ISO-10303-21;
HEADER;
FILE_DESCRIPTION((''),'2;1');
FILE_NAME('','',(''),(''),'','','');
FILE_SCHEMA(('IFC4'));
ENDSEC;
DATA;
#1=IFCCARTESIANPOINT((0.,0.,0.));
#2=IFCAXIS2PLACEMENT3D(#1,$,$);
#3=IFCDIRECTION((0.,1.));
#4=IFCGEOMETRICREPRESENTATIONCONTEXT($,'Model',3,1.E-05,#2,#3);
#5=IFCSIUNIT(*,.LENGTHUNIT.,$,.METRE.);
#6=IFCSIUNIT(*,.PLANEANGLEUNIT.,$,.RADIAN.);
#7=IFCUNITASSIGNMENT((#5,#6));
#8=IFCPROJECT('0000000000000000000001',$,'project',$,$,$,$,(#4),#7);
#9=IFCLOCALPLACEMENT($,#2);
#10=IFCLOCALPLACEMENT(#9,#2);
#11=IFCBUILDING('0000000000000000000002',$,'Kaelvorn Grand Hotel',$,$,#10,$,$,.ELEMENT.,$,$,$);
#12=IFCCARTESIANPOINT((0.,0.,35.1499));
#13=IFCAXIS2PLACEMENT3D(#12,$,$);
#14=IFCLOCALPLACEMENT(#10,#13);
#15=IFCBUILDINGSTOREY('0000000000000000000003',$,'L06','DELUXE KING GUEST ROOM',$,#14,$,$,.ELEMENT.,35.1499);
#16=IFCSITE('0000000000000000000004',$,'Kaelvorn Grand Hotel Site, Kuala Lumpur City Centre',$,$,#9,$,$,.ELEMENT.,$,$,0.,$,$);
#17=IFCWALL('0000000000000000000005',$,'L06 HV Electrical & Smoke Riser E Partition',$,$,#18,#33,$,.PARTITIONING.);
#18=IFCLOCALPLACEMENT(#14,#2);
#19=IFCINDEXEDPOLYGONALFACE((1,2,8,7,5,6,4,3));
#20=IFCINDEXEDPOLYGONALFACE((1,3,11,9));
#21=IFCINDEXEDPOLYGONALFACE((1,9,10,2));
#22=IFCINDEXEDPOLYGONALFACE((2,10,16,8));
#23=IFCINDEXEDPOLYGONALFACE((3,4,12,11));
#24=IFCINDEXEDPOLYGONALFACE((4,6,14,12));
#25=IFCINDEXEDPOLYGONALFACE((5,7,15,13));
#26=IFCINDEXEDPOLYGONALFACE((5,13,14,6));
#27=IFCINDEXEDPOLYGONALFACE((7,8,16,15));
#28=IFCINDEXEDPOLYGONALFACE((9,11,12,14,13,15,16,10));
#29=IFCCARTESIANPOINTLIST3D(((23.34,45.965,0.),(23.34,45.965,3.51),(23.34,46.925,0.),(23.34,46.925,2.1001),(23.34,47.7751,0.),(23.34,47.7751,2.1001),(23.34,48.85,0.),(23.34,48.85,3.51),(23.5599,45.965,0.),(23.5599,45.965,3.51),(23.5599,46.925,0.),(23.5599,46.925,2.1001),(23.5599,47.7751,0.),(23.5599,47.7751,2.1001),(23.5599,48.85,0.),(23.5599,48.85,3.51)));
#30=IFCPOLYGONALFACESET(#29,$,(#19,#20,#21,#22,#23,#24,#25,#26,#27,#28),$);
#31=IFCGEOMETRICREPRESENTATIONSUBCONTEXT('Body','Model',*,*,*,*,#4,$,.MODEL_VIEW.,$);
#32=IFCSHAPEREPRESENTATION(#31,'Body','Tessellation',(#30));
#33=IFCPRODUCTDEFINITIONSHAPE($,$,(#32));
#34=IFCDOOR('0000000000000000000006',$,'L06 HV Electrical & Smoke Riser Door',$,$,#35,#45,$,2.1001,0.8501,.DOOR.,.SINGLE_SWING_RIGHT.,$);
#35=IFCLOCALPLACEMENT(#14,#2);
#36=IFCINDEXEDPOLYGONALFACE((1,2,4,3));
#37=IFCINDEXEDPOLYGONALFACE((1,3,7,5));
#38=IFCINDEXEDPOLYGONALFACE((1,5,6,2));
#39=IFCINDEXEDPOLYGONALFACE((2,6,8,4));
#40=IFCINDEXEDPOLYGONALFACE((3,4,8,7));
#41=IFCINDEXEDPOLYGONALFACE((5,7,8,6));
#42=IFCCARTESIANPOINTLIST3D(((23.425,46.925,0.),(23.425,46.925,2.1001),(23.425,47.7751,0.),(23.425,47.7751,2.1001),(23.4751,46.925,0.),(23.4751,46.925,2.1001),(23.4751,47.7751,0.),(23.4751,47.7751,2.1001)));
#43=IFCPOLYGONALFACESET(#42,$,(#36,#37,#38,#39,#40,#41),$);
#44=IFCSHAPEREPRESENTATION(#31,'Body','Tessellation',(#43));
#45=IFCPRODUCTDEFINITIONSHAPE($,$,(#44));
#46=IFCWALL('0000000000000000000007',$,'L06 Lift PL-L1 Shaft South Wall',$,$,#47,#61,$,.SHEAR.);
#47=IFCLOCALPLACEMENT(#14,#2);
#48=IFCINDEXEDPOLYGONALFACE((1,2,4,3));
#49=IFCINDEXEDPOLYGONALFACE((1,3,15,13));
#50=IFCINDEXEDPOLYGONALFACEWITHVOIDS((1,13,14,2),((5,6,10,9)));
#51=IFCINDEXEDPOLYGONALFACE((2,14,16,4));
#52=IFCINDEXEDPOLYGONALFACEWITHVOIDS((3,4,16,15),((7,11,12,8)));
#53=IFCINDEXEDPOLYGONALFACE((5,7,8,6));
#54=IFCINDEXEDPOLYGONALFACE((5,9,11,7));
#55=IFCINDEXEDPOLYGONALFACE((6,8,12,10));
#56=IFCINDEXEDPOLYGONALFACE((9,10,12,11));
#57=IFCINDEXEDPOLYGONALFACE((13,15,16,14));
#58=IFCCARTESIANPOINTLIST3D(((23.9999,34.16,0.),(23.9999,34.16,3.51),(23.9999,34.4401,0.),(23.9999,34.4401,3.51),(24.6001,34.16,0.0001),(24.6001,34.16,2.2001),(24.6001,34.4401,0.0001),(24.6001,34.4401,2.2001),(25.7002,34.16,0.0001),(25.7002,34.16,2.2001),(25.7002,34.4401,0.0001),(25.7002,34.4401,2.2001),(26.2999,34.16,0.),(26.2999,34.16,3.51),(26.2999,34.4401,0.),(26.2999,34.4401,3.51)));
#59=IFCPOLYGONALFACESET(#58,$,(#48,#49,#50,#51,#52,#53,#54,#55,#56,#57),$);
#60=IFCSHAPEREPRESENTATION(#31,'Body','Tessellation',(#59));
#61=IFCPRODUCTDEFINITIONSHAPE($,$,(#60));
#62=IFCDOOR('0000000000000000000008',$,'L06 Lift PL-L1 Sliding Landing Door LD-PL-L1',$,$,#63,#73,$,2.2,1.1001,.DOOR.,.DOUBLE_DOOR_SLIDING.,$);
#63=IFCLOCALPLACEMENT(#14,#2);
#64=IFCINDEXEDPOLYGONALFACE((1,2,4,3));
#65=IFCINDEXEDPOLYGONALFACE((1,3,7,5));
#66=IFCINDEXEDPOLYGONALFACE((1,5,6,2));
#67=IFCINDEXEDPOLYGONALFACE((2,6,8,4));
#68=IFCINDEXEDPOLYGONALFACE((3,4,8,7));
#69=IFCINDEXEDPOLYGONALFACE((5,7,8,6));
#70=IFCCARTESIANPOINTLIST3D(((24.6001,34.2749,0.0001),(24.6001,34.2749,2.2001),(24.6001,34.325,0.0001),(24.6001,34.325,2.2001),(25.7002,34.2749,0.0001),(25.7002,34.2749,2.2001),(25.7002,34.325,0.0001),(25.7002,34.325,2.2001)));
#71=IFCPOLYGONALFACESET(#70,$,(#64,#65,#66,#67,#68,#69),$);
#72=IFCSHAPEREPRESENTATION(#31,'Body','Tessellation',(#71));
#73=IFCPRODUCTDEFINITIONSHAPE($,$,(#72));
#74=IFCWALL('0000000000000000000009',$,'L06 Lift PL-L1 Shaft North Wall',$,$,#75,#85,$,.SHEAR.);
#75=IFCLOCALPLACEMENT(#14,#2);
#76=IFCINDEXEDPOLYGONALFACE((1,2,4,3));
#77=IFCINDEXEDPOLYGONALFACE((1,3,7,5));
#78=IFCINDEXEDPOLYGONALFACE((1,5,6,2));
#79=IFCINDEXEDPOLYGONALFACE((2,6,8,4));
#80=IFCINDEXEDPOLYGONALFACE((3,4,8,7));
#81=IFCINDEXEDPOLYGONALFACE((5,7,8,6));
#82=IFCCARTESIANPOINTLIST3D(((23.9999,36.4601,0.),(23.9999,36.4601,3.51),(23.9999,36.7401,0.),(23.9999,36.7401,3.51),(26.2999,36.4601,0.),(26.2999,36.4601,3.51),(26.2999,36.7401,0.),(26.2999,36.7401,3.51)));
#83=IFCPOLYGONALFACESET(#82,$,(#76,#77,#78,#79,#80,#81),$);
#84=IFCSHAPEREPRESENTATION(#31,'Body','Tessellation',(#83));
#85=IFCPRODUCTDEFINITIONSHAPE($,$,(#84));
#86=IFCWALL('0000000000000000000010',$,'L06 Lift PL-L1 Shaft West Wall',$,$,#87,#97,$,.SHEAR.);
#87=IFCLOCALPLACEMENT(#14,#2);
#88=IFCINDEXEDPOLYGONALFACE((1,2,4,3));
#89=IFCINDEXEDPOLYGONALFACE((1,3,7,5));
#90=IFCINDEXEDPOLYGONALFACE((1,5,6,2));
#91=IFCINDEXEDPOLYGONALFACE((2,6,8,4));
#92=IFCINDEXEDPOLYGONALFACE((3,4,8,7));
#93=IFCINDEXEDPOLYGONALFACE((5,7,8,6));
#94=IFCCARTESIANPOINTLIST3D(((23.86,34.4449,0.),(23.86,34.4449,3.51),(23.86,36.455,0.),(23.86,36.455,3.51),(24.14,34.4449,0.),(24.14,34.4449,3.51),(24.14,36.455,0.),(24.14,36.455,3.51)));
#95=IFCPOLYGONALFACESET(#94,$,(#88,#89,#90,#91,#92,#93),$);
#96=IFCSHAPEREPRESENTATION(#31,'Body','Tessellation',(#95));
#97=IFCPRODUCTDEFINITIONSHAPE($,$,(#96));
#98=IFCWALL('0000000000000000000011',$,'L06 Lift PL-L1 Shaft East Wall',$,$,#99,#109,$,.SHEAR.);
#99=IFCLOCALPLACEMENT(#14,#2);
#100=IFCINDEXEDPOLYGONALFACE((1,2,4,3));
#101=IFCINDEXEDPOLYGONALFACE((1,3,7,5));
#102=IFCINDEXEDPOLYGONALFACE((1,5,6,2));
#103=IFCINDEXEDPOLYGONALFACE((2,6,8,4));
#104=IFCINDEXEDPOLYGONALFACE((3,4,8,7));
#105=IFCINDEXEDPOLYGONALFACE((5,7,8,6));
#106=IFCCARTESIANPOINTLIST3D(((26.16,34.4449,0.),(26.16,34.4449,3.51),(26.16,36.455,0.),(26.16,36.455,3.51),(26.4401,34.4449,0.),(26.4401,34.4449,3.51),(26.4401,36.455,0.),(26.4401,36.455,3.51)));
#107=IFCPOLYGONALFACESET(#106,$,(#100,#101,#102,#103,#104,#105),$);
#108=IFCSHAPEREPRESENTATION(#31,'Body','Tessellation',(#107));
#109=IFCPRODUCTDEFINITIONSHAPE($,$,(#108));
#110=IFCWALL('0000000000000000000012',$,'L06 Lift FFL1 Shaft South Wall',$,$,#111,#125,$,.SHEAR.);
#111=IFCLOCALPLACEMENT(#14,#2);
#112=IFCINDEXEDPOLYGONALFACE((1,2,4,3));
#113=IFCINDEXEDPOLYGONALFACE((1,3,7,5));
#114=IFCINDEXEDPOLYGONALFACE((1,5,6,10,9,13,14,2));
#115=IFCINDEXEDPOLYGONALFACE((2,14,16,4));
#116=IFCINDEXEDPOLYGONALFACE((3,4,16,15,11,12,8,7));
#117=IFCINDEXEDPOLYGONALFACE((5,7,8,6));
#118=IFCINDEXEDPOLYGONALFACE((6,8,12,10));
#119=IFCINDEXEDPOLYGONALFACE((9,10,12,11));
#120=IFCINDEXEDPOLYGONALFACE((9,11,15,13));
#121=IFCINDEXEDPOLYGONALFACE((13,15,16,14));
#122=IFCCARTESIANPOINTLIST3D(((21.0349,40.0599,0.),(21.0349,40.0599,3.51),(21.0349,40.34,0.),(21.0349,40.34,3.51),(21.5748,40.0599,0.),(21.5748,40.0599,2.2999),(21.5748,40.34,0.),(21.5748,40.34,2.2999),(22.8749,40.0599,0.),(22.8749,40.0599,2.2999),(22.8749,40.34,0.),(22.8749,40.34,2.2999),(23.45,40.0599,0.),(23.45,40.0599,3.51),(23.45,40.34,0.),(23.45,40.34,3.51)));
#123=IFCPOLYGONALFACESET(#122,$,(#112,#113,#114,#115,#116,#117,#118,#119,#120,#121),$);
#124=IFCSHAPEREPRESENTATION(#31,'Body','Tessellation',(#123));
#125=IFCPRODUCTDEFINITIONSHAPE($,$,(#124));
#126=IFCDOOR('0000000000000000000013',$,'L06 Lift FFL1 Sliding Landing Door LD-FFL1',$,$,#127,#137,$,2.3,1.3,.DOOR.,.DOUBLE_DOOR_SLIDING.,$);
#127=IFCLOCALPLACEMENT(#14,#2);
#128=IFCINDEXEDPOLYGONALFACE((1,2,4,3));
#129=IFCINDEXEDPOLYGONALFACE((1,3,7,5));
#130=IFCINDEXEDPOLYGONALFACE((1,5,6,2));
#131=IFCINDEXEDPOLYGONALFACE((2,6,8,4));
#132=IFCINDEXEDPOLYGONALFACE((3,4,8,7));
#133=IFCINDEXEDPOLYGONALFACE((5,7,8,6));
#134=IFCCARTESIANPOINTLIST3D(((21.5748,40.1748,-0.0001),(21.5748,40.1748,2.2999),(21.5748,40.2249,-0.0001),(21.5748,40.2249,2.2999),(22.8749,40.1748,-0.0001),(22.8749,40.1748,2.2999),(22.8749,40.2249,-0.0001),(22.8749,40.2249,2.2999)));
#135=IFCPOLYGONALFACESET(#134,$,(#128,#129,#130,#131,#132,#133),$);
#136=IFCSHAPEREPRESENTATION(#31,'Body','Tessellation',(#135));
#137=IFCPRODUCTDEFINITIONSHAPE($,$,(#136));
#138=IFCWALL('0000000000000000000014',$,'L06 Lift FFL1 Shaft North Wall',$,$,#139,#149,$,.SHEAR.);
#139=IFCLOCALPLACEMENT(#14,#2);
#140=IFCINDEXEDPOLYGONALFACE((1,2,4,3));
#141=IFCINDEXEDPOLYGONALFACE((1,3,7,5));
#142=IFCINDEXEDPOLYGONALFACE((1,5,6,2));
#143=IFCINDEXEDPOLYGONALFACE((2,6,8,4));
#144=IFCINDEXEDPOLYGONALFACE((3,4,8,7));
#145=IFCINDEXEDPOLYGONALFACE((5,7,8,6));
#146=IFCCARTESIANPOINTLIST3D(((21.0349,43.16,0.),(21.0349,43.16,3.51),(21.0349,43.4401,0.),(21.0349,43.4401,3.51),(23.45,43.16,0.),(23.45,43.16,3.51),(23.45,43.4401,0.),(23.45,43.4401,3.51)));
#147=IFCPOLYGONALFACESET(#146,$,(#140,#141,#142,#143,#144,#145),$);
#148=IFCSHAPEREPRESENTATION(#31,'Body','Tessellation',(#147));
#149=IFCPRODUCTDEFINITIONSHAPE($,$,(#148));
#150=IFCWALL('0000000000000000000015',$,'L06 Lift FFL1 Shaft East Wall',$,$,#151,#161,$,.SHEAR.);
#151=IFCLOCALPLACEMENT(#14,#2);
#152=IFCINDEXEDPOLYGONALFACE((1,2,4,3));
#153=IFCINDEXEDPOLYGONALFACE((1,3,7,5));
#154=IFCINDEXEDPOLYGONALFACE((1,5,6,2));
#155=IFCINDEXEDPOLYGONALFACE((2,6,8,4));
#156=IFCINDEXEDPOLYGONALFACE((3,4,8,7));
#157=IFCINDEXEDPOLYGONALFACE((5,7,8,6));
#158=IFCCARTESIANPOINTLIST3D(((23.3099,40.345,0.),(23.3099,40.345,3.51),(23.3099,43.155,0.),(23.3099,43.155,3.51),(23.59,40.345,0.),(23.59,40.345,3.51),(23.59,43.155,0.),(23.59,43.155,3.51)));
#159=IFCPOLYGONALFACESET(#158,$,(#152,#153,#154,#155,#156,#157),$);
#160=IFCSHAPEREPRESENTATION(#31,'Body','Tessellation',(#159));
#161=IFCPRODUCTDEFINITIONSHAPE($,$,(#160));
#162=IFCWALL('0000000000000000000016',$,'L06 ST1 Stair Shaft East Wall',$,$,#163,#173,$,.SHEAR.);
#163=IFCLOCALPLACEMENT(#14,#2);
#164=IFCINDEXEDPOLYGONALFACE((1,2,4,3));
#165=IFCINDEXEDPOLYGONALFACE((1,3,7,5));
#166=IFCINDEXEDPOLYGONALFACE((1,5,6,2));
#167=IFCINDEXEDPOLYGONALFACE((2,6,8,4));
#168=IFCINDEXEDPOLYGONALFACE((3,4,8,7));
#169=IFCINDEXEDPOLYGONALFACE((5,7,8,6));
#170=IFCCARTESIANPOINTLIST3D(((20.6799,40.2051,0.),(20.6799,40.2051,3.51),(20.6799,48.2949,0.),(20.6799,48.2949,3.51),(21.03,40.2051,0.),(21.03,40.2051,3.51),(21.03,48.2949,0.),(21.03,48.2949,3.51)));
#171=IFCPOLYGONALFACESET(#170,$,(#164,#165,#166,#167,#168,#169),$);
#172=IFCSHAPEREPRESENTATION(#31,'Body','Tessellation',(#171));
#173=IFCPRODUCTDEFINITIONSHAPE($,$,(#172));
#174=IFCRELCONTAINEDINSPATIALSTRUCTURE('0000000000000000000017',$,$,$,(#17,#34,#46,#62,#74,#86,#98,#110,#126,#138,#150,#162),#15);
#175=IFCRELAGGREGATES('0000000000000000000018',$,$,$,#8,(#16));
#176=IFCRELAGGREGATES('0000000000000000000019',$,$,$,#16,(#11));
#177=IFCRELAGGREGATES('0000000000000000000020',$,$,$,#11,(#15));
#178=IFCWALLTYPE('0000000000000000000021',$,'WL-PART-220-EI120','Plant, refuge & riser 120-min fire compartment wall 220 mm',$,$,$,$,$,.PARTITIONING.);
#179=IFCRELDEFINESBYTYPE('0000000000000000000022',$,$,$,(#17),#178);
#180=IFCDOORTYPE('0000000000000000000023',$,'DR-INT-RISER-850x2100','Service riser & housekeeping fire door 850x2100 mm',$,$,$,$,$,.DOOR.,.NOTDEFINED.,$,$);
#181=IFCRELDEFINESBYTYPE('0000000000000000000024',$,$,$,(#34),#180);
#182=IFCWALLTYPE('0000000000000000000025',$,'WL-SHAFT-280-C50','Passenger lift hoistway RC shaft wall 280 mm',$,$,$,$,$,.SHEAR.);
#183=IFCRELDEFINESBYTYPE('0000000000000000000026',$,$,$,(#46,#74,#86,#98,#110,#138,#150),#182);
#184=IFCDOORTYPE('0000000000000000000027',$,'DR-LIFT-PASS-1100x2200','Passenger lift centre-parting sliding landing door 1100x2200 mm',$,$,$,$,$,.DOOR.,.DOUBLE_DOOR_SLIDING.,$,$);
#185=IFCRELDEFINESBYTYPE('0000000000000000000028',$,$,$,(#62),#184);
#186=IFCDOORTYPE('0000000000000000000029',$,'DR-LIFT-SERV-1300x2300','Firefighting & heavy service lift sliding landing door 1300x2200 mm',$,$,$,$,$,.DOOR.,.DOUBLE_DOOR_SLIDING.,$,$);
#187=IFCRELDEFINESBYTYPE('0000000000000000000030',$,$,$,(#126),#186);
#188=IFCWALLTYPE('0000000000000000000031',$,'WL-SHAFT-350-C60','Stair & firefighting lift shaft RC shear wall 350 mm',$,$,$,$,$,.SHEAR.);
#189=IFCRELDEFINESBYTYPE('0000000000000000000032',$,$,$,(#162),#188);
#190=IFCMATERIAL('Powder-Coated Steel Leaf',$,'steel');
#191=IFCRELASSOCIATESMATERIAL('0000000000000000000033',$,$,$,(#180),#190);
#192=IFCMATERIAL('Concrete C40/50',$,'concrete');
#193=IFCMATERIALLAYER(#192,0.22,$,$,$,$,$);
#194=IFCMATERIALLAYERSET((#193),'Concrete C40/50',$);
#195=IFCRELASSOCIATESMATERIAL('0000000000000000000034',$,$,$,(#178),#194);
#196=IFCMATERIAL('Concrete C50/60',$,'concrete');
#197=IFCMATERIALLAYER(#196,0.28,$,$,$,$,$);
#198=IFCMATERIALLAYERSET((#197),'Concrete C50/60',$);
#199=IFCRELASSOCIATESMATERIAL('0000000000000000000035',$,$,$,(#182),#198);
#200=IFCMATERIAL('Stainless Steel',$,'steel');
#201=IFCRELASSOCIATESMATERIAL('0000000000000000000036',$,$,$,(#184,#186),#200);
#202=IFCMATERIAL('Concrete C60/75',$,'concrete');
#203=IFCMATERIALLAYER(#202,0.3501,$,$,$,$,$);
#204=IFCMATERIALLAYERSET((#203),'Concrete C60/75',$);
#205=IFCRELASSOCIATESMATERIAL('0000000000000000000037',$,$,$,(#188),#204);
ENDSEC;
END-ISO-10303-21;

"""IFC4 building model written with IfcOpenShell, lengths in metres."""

from ifc_helpers import new_model, si_unit, direction, frame, frame_2d, origin, place, context, subcontext, project, spatial, rectangle, extrude, material, layer, layer_set, type_object, element, fill, save


model = new_model("IFC4")

# Units and contexts
model_context = context("Model", 3, precision=1e-05, world=origin(), true_north=direction((0.0, 1.0)))
body_context = subcontext(model_context, "Body", "Model", "MODEL_VIEW")
ifc_project = project(units=[si_unit("LENGTHUNIT", "METRE"), si_unit("PLANEANGLEUNIT", "RADIAN")], contexts=[model_context])

# Site, building, storey
site_placement = place(None, origin())
site = spatial("IfcSite", under=ifc_project, at=site_placement, Name="Kaelvorn Grand Hotel Site, Kuala Lumpur City Centre", CompositionType="ELEMENT", RefElevation=0.0)
building_placement = place(site_placement, origin())
building = spatial("IfcBuilding", under=site, at=building_placement, Name="Kaelvorn Grand Hotel", CompositionType="ELEMENT")
storey_placement = place(building_placement, frame((0.0, 0.0, 35.1499)))
storey = spatial("IfcBuildingStorey", under=building, at=storey_placement, Name="L06", Description="DELUXE KING GUEST ROOM", CompositionType="ELEMENT", Elevation=35.1499)

# Shared definitions
ifc_material_1 = material(Name="Concrete C60/75", Category="concrete")

# Shared definitions
ifc_material_2 = material(Name="Powder-Coated Steel Leaf", Category="steel")
door_type_1 = type_object("IfcDoorType", Name="DR-INT-RISER-850x2100", Description="Service riser & housekeeping fire door 850x2100 mm", OperationType="NOTDEFINED", PredefinedType="DOOR", material=ifc_material_2)

# Shared definitions
ifc_material_3 = material(Name="Concrete C40/50", Category="concrete")
ifc_layer_1 = layer(ifc_material_3, 0.22)
ifc_layer_set_1 = layer_set([ifc_layer_1], Name="Concrete C40/50")
wall_type_1 = type_object("IfcWallType", Name="WL-PART-220-EI120", Description="Plant, refuge & riser 120-min fire compartment wall 220 mm", PredefinedType="PARTITIONING", material=ifc_layer_set_1)

# Walls, openings, doors
wall_1_placement = place(storey_placement, frame((23.45, 45.9651, 0.0), z_axis=(0.0, 0.0, 1.0), x_axis=(0.0, 1.0, 0.0)))
wall_1 = element("IfcWall", 1, at=wall_1_placement, inside=storey, type_object=wall_type_1, Name="L06 HV Electrical & Smoke Riser E Partition", PredefinedType="PARTITIONING", context=body_context, shape_type="SweptSolid", body=[
    extrude(rectangle(XDim=2.885, YDim=0.22, at=frame_2d((1.4424, 0.0))), origin(), (0.0, 0.0, 1.0), 3.51),
])
opening_1_placement = place(wall_1_placement, frame((0.96, 0.0, 0.0)))
opening_1 = element("IfcOpeningElement", 2, at=opening_1_placement, cuts=wall_1, PredefinedType="OPENING", context=body_context, shape_type="SweptSolid", body=[
    extrude(rectangle(XDim=0.8501, YDim=2.1001, at=frame_2d((0.425, 1.05))), frame((0.0, 0.1201, 0.0), z_axis=(0.0, -1.0, 0.0), x_axis=(1.0, 0.0, 0.0)), (0.0, 0.0, 1.0), 0.24),
])
door_1_placement = place(opening_1_placement, origin())
door_1 = element("IfcDoor", 3, at=door_1_placement, inside=storey, type_object=door_type_1, Name="L06 HV Electrical & Smoke Riser Door", OperationType="SINGLE_SWING_RIGHT", OverallHeight=2.1001, OverallWidth=0.8501, PredefinedType="DOOR", context=body_context, shape_type="SweptSolid", body=[
    extrude(rectangle(XDim=0.8501, YDim=2.1001, at=frame_2d((0.425, 1.05))), frame((0.0, 0.0249, 0.0), z_axis=(0.0, -1.0, 0.0), x_axis=(1.0, 0.0, 0.0)), (0.0, 0.0, 1.0), 0.05),
])
fill(opening_1, door_1)
ifc_material_4 = material(Name="Concrete C50/60", Category="concrete")
ifc_layer_2 = layer(ifc_material_4, 0.28)
ifc_layer_set_2 = layer_set([ifc_layer_2], Name="Concrete C50/60")
wall_type_2 = type_object("IfcWallType", Name="WL-SHAFT-280-C50", Description="Passenger lift hoistway RC shaft wall 280 mm", PredefinedType="SHEAR", material=ifc_layer_set_2)
wall_2_placement = place(storey_placement, frame((24.0, 34.3, 0.0), z_axis=(0.0, 0.0, 1.0), x_axis=(1.0, 0.0, 0.0)))
wall_2 = element("IfcWall", 4, at=wall_2_placement, inside=storey, type_object=wall_type_2, Name="L06 Lift PL-L1 Shaft South Wall", PredefinedType="SHEAR", context=body_context, shape_type="SweptSolid", body=[
    extrude(rectangle(XDim=2.3, YDim=0.28, at=frame_2d((1.1499, 0.0))), origin(), (0.0, 0.0, 1.0), 3.51),
])
opening_2_placement = place(wall_2_placement, frame((0.6001, 0.0, 0.0)))
opening_2 = element("IfcOpeningElement", 5, at=opening_2_placement, cuts=wall_2, PredefinedType="OPENING", context=body_context, shape_type="SweptSolid", body=[
    extrude(rectangle(XDim=1.1001, YDim=2.2, at=frame_2d((0.55, 1.1001))), frame((0.0, 0.1499, 0.0), z_axis=(0.0, -1.0, 0.0), x_axis=(1.0, 0.0, 0.0)), (0.0, 0.0, 1.0), 0.3),
])
ifc_material_5 = material(Name="Stainless Steel", Category="steel")
door_type_2 = type_object("IfcDoorType", Name="DR-LIFT-PASS-1100x2200", Description="Passenger lift centre-parting sliding landing door 1100x2200 mm", OperationType="DOUBLE_DOOR_SLIDING", PredefinedType="DOOR", material=ifc_material_5)
door_2_placement = place(opening_2_placement, origin())
door_2 = element("IfcDoor", 6, at=door_2_placement, inside=storey, type_object=door_type_2, Name="L06 Lift PL-L1 Sliding Landing Door LD-PL-L1", OperationType="DOUBLE_DOOR_SLIDING", OverallHeight=2.2, OverallWidth=1.1001, PredefinedType="DOOR", context=body_context, shape_type="SweptSolid", body=[
    extrude(rectangle(XDim=1.1001, YDim=2.2, at=frame_2d((0.55, 1.1001))), frame((0.0, 0.0249, 0.0), z_axis=(0.0, -1.0, 0.0), x_axis=(1.0, 0.0, 0.0)), (0.0, 0.0, 1.0), 0.05),
])
fill(opening_2, door_2)

# Walls
wall_3_placement = place(storey_placement, frame((24.0, 36.6001, 0.0), z_axis=(0.0, 0.0, 1.0), x_axis=(1.0, 0.0, 0.0)))
element("IfcWall", 7, at=wall_3_placement, inside=storey, type_object=wall_type_2, Name="L06 Lift PL-L1 Shaft North Wall", PredefinedType="SHEAR", context=body_context, shape_type="SweptSolid", body=[
    extrude(rectangle(XDim=2.3, YDim=0.28, at=frame_2d((1.1499, 0.0))), origin(), (0.0, 0.0, 1.0), 3.51),
])
for number, where, z_axis, x_axis, name in (
    (8, (24.0, 34.4451, 0.0), (0.0, 0.0, 1.0), (0.0, 1.0, 0.0), "L06 Lift PL-L1 Shaft West Wall"),
    (9, (26.3, 34.4451, 0.0), (0.0, 0.0, 1.0), (0.0, 1.0, 0.0), "L06 Lift PL-L1 Shaft East Wall"),
):
    element("IfcWall", number, at=place(storey_placement, frame(where, z_axis=z_axis, x_axis=x_axis)), inside=storey, type_object=wall_type_2, Name=name, PredefinedType="SHEAR", context=body_context, shape_type="SweptSolid", body=[
        extrude(rectangle(XDim=2.01, YDim=0.28, at=frame_2d((1.0049, 0.0))), origin(), (0.0, 0.0, 1.0), 3.51),
    ])

# Wall, opening, door
wall_4_placement = place(storey_placement, frame((21.0349, 40.2, 0.0), z_axis=(0.0, 0.0, 1.0), x_axis=(1.0, 0.0, 0.0)))
wall_4 = element("IfcWall", 10, at=wall_4_placement, inside=storey, type_object=wall_type_2, Name="L06 Lift FFL1 Shaft South Wall", PredefinedType="SHEAR", context=body_context, shape_type="SweptSolid", body=[
    extrude(rectangle(XDim=2.415, YDim=0.28, at=frame_2d((1.2075, 0.0))), origin(), (0.0, 0.0, 1.0), 3.51),
])
opening_3_placement = place(wall_4_placement, frame((0.54, 0.0, 0.0)))
opening_3 = element("IfcOpeningElement", 11, at=opening_3_placement, cuts=wall_4, PredefinedType="OPENING", context=body_context, shape_type="SweptSolid", body=[
    extrude(rectangle(XDim=1.3, YDim=2.3, at=frame_2d((0.6499, 1.1499))), frame((0.0, 0.1499, 0.0), z_axis=(0.0, -1.0, 0.0), x_axis=(1.0, 0.0, 0.0)), (0.0, 0.0, 1.0), 0.3),
])
door_type_3 = type_object("IfcDoorType", Name="DR-LIFT-SERV-1300x2300", Description="Firefighting & heavy service lift sliding landing door 1300x2200 mm", OperationType="DOUBLE_DOOR_SLIDING", PredefinedType="DOOR", material=ifc_material_5)
door_3_placement = place(opening_3_placement, origin())
door_3 = element("IfcDoor", 12, at=door_3_placement, inside=storey, type_object=door_type_3, Name="L06 Lift FFL1 Sliding Landing Door LD-FFL1", OperationType="DOUBLE_DOOR_SLIDING", OverallHeight=2.3, OverallWidth=1.3, PredefinedType="DOOR", context=body_context, shape_type="SweptSolid", body=[
    extrude(rectangle(XDim=1.3, YDim=2.3, at=frame_2d((0.6499, 1.1499))), frame((0.0, 0.0249, 0.0), z_axis=(0.0, -1.0, 0.0), x_axis=(1.0, 0.0, 0.0)), (0.0, 0.0, 1.0), 0.05),
])
fill(opening_3, door_3)

# Walls
wall_5_placement = place(storey_placement, frame((21.0349, 43.3, 0.0), z_axis=(0.0, 0.0, 1.0), x_axis=(1.0, 0.0, 0.0)))
element("IfcWall", 13, at=wall_5_placement, inside=storey, type_object=wall_type_2, Name="L06 Lift FFL1 Shaft North Wall", PredefinedType="SHEAR", context=body_context, shape_type="SweptSolid", body=[
    extrude(rectangle(XDim=2.415, YDim=0.28, at=frame_2d((1.2075, 0.0))), origin(), (0.0, 0.0, 1.0), 3.51),
])
wall_6_placement = place(storey_placement, frame((23.45, 40.345, 0.0), z_axis=(0.0, 0.0, 1.0), x_axis=(0.0, 1.0, 0.0)))
element("IfcWall", 14, at=wall_6_placement, inside=storey, type_object=wall_type_2, Name="L06 Lift FFL1 Shaft East Wall", PredefinedType="SHEAR", context=body_context, shape_type="SweptSolid", body=[
    extrude(rectangle(XDim=2.8101, YDim=0.28, at=frame_2d((1.405, 0.0))), origin(), (0.0, 0.0, 1.0), 3.51),
])
ifc_layer_3 = layer(ifc_material_1, 0.3501)
ifc_layer_set_3 = layer_set([ifc_layer_3], Name="Concrete C60/75")
wall_type_3 = type_object("IfcWallType", Name="WL-SHAFT-350-C60", Description="Stair & firefighting lift shaft RC shear wall 350 mm", PredefinedType="SHEAR", material=ifc_layer_set_3)
wall_7_placement = place(storey_placement, frame((20.855, 40.2051, 0.0), z_axis=(0.0, 0.0, 1.0), x_axis=(0.0, 1.0, 0.0)))
element("IfcWall", 15, at=wall_7_placement, inside=storey, type_object=wall_type_3, Name="L06 ST1 Stair Shaft East Wall", PredefinedType="SHEAR", context=body_context, shape_type="SweptSolid", body=[
    extrude(rectangle(XDim=8.0898, YDim=0.3501, at=frame_2d((4.0449, 0.0))), origin(), (0.0, 0.0, 1.0), 3.51),
])

save(model, "model.ifc")
